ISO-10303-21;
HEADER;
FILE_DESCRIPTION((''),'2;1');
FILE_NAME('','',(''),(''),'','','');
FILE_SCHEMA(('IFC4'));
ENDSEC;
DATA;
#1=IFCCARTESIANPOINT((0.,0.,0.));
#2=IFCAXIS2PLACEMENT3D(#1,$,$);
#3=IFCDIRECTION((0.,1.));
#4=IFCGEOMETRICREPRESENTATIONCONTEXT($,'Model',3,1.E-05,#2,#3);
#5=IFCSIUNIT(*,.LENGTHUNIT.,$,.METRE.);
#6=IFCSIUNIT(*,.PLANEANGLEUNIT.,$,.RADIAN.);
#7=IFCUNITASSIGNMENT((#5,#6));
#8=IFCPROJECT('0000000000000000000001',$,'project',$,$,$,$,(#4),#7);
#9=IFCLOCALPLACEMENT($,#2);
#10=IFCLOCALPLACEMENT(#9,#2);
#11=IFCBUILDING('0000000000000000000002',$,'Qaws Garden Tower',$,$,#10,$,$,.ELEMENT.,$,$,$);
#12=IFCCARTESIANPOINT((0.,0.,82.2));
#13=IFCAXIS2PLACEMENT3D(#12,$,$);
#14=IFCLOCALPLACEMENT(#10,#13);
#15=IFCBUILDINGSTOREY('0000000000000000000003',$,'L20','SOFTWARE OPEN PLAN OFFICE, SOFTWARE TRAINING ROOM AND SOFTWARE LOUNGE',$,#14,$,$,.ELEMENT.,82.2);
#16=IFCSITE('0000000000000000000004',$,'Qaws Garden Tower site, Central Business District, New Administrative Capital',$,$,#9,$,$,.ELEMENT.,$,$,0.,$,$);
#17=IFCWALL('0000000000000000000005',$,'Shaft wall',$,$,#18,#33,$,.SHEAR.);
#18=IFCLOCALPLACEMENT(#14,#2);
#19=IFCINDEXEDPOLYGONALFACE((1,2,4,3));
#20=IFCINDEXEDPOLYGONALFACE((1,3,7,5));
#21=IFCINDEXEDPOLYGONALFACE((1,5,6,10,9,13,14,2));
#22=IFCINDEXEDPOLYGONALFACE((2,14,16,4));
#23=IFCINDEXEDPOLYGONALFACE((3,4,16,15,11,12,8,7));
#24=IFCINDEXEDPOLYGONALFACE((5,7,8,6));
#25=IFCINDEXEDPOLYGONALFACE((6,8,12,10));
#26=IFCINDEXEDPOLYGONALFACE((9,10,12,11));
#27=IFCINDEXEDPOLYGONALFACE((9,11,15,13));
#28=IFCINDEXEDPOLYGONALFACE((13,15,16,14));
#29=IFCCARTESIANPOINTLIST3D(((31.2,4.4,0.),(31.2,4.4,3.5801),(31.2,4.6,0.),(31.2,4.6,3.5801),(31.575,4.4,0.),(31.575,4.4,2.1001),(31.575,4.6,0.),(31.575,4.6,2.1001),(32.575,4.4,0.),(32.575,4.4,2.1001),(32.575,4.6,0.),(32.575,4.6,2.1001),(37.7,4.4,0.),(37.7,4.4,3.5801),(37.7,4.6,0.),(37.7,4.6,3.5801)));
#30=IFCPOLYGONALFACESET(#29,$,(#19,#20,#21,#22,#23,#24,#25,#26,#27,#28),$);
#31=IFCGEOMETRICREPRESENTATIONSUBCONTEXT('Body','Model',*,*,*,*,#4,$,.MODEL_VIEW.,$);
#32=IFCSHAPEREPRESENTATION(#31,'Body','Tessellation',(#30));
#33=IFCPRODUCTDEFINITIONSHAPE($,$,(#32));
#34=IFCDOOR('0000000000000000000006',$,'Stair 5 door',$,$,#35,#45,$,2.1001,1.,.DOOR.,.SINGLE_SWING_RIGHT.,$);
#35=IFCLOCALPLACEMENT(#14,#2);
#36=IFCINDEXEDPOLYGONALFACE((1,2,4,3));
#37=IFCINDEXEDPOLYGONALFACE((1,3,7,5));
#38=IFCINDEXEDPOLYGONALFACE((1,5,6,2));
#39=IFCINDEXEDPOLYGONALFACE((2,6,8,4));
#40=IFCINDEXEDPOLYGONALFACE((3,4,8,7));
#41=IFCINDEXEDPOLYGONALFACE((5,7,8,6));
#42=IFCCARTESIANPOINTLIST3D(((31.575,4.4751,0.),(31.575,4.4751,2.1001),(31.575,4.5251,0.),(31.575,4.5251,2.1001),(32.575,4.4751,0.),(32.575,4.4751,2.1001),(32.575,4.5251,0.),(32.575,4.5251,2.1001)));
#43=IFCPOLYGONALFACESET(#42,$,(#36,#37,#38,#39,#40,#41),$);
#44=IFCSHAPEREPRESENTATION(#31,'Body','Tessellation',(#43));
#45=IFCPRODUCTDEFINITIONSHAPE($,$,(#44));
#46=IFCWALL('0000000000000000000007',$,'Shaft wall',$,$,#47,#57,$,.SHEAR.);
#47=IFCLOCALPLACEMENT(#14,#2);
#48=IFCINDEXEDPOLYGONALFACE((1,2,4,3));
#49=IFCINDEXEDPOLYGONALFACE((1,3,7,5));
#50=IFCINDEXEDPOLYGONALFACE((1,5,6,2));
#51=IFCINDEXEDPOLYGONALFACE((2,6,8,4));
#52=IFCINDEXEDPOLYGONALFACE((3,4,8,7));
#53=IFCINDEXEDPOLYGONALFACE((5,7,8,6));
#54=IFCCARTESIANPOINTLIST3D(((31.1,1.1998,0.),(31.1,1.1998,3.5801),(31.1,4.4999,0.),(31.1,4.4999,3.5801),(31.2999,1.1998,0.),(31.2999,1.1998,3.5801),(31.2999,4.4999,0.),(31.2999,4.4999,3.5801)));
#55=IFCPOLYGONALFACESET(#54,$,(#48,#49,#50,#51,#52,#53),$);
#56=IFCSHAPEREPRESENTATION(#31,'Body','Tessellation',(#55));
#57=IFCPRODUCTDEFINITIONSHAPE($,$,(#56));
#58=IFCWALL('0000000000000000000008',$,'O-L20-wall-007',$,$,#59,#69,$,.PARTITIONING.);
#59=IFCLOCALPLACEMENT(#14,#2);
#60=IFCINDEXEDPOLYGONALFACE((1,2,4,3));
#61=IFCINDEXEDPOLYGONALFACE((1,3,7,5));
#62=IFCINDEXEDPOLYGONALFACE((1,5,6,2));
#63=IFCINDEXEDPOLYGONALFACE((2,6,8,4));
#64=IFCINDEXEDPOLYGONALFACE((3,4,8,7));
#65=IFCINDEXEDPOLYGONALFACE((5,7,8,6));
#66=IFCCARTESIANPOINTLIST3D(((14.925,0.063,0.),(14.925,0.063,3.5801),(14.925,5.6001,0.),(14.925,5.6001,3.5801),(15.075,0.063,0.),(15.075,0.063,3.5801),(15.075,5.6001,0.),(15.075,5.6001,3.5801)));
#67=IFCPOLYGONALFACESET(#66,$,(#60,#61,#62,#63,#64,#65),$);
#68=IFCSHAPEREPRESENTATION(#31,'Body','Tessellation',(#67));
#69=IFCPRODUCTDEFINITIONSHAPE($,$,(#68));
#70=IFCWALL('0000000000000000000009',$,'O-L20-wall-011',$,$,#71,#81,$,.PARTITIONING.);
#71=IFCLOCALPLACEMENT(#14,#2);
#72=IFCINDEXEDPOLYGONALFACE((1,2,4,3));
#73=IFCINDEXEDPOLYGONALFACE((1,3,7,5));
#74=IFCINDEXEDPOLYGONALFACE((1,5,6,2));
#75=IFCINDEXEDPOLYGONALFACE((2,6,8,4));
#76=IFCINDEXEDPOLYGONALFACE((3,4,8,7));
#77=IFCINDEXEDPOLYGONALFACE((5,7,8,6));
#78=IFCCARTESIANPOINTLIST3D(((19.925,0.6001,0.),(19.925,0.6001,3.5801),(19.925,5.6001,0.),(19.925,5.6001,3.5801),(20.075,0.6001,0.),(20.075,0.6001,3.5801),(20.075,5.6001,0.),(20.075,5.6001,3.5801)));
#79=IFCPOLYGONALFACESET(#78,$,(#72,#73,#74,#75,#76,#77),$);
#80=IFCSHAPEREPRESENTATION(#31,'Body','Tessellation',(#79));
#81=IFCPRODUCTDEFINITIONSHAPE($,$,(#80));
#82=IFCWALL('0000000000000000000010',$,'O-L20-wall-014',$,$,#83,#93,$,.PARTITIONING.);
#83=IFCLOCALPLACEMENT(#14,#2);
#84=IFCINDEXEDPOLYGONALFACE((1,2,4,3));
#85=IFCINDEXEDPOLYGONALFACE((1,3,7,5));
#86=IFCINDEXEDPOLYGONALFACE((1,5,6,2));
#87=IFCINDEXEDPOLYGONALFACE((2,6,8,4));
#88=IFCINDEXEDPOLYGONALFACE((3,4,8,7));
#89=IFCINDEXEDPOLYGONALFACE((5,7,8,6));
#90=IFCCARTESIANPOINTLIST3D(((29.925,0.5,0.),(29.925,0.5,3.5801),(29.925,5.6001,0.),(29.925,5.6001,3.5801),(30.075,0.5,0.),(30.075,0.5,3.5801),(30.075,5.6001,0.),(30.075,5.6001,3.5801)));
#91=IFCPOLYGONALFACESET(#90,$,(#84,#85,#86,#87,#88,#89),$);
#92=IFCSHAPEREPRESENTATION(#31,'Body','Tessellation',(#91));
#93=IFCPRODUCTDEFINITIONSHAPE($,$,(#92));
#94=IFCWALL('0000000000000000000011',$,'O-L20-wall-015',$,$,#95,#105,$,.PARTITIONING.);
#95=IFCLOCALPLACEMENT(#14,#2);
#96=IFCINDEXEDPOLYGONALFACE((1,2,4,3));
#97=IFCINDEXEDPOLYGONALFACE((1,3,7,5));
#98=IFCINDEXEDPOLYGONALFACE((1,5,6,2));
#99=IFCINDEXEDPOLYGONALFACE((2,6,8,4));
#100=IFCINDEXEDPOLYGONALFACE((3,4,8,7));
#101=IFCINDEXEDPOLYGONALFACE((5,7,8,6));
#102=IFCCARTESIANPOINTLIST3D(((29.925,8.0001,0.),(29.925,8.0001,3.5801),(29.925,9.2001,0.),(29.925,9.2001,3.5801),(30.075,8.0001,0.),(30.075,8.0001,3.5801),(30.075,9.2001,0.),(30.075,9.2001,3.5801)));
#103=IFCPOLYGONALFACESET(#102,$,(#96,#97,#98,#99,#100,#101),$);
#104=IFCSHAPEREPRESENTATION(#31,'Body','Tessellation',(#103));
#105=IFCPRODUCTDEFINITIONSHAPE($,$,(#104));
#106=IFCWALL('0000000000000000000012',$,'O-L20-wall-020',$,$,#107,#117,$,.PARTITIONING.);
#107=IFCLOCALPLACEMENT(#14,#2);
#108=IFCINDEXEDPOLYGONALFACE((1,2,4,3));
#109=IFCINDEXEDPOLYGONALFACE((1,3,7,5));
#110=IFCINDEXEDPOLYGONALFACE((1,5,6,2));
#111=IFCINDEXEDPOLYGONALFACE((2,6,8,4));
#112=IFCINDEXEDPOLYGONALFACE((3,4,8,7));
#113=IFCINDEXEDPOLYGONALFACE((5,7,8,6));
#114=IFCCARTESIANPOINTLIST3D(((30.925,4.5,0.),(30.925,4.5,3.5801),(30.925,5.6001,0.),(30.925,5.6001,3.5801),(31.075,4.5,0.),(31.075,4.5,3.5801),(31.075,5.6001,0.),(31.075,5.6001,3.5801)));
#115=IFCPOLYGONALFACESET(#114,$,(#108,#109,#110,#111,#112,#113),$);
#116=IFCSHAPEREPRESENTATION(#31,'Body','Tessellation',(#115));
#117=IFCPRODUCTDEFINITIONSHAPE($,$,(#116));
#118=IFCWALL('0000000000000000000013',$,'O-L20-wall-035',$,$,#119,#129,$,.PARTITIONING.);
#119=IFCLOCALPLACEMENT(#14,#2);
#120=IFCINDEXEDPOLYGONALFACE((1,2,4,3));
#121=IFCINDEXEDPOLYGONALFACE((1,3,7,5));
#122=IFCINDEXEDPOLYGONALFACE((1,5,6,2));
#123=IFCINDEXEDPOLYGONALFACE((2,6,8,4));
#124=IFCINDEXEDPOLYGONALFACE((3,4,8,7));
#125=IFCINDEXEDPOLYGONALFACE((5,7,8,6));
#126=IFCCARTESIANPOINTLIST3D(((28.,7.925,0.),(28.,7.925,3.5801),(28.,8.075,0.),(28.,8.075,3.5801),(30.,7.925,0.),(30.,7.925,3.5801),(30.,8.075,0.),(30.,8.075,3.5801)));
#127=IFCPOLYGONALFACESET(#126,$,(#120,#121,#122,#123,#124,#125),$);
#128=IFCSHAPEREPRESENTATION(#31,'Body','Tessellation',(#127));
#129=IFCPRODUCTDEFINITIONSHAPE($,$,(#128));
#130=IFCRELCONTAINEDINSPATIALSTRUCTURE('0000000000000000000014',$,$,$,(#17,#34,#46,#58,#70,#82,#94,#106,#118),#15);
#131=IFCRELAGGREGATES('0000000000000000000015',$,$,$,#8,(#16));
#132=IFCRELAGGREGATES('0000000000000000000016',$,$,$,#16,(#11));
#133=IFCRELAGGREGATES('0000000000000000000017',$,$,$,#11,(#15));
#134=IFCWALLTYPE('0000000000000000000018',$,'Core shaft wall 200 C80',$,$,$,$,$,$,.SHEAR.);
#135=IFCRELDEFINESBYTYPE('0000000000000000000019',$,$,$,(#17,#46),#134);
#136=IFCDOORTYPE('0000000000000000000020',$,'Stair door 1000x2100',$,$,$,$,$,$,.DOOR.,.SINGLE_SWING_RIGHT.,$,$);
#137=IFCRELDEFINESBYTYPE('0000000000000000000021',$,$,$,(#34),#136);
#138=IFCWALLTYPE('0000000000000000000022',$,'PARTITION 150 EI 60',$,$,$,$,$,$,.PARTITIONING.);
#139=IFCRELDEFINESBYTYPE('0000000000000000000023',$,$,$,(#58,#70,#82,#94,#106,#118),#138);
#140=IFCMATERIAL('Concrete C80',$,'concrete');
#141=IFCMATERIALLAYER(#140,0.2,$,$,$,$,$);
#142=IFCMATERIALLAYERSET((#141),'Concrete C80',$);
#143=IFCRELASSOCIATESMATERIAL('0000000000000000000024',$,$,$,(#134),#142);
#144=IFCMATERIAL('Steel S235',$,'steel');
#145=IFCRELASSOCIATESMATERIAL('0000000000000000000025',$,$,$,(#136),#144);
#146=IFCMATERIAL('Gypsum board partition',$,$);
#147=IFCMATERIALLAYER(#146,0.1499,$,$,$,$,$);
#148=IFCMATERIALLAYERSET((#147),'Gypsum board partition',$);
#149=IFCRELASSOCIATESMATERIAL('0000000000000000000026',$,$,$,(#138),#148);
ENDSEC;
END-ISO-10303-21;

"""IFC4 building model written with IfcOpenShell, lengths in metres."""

from ifc_helpers import new_model, si_unit, direction, frame, frame_2d, origin, place, context, subcontext, project, spatial, rectangle, extrude, material, layer, layer_set, type_object, element, fill, save


model = new_model("IFC4")

# Units and contexts
model_context = context("Model", 3, precision=1e-05, world=origin(), true_north=direction((0.0, 1.0)))
body_context = subcontext(model_context, "Body", "Model", "MODEL_VIEW")
ifc_project = project(units=[si_unit("LENGTHUNIT", "METRE"), si_unit("PLANEANGLEUNIT", "RADIAN")], contexts=[model_context])

# Site, building, storey
site_placement = place(None, origin())
site = spatial("IfcSite", under=ifc_project, at=site_placement, Name="Qaws Garden Tower site, Central Business District, New Administrative Capital", CompositionType="ELEMENT", RefElevation=0.0)
building_placement = place(site_placement, origin())
building = spatial("IfcBuilding", under=site, at=building_placement, Name="Qaws Garden Tower", CompositionType="ELEMENT")
storey_placement = place(building_placement, frame((0.0, 0.0, 82.2)))
storey = spatial("IfcBuildingStorey", under=building, at=storey_placement, Name="L20", Description="SOFTWARE OPEN PLAN OFFICE, SOFTWARE TRAINING ROOM AND SOFTWARE LOUNGE", CompositionType="ELEMENT", Elevation=82.2)

# Shared definitions
ifc_material_1 = material(Name="Concrete C80", Category="concrete")
ifc_layer_1 = layer(ifc_material_1, 0.2)
ifc_layer_set_1 = layer_set([ifc_layer_1], Name="Concrete C80")
wall_type_1 = type_object("IfcWallType", Name="Core shaft wall 200 C80", PredefinedType="SHEAR", material=ifc_layer_set_1)

# Wall, opening, door
wall_1_placement = place(storey_placement, frame((31.2, 4.5, 0.0), z_axis=(0.0, 0.0, 1.0), x_axis=(1.0, 0.0, 0.0)))
wall_1 = element("IfcWall", 1, at=wall_1_placement, inside=storey, type_object=wall_type_1, Name="Shaft wall", PredefinedType="SHEAR", context=body_context, shape_type="SweptSolid", body=[
    extrude(rectangle(XDim=6.5, YDim=0.2, at=frame_2d((3.25, 0.0))), origin(), (0.0, 0.0, 1.0), 3.5801),
])
opening_1_placement = place(wall_1_placement, frame((0.375, 0.0, 0.0)))
opening_1 = element("IfcOpeningElement", 2, at=opening_1_placement, cuts=wall_1, PredefinedType="OPENING", context=body_context, shape_type="SweptSolid", body=[
    extrude(rectangle(XDim=1.0, YDim=2.1001, at=frame_2d((0.5, 1.05))), frame((0.0, 0.1099, 0.0), z_axis=(0.0, -1.0, 0.0), x_axis=(1.0, 0.0, 0.0)), (0.0, 0.0, 1.0), 0.22),
])
ifc_material_2 = material(Name="Steel S235", Category="steel")
door_type = type_object("IfcDoorType", Name="Stair door 1000x2100", OperationType="SINGLE_SWING_RIGHT", PredefinedType="DOOR", material=ifc_material_2)
door_placement = place(opening_1_placement, frame((1.0, 0.0, 0.0), z_axis=(0.0, 0.0, 1.0), x_axis=(-1.0, 0.0, 0.0)))
door = element("IfcDoor", 3, at=door_placement, inside=storey, type_object=door_type, Name="Stair 5 door", OperationType="SINGLE_SWING_RIGHT", OverallHeight=2.1001, OverallWidth=1.0, PredefinedType="DOOR", context=body_context, shape_type="SweptSolid", body=[
    extrude(rectangle(XDim=1.0, YDim=2.1001, at=frame_2d((0.5, 1.05))), frame((0.0, 0.0249, 0.0), z_axis=(0.0, -1.0, 0.0), x_axis=(1.0, 0.0, 0.0)), (0.0, 0.0, 1.0), 0.05),
])
fill(opening_1, door)

# Walls
wall_2_placement = place(storey_placement, frame((31.2, 1.2, 0.0), z_axis=(0.0, 0.0, 1.0), x_axis=(0.0, 1.0, 0.0)))
element("IfcWall", 4, at=wall_2_placement, inside=storey, type_object=wall_type_1, Name="Shaft wall", PredefinedType="SHEAR", context=body_context, shape_type="SweptSolid", body=[
    extrude(rectangle(XDim=3.3, YDim=0.2, at=frame_2d((1.6499, 0.0))), origin(), (0.0, 0.0, 1.0), 3.5801),
])
ifc_material_3 = material(Name="Gypsum board partition")
ifc_layer_2 = layer(ifc_material_3, 0.1499)
ifc_layer_set_2 = layer_set([ifc_layer_2], Name="Gypsum board partition")
wall_type_2 = type_object("IfcWallType", Name="PARTITION 150 EI 60", PredefinedType="PARTITIONING", material=ifc_layer_set_2)
wall_3_placement = place(storey_placement, frame((15.0, 0.063, 0.0), z_axis=(0.0, 0.0, 1.0), x_axis=(0.0, 1.0, 0.0)))
element("IfcWall", 5, at=wall_3_placement, inside=storey, type_object=wall_type_2, Name="O-L20-wall-007", PredefinedType="PARTITIONING", context=body_context, shape_type="SweptSolid", body=[
    extrude(rectangle(XDim=5.5371, YDim=0.1499, at=frame_2d((2.7686, 0.0))), origin(), (0.0, 0.0, 1.0), 3.5801),
])
wall_4_placement = place(storey_placement, frame((20.0, 0.6001, 0.0), z_axis=(0.0, 0.0, 1.0), x_axis=(0.0, 1.0, 0.0)))
element("IfcWall", 6, at=wall_4_placement, inside=storey, type_object=wall_type_2, Name="O-L20-wall-011", PredefinedType="PARTITIONING", context=body_context, shape_type="SweptSolid", body=[
    extrude(rectangle(XDim=5.0, YDim=0.1499, at=frame_2d((2.5, 0.0))), origin(), (0.0, 0.0, 1.0), 3.5801),
])
wall_5_placement = place(storey_placement, frame((30.0, 0.5, 0.0), z_axis=(0.0, 0.0, 1.0), x_axis=(0.0, 1.0, 0.0)))
element("IfcWall", 7, at=wall_5_placement, inside=storey, type_object=wall_type_2, Name="O-L20-wall-014", PredefinedType="PARTITIONING", context=body_context, shape_type="SweptSolid", body=[
    extrude(rectangle(XDim=5.1001, YDim=0.1499, at=frame_2d((2.55, 0.0))), origin(), (0.0, 0.0, 1.0), 3.5801),
])
wall_6_placement = place(storey_placement, frame((30.0, 8.0, 0.0), z_axis=(0.0, 0.0, 1.0), x_axis=(0.0, 1.0, 0.0)))
element("IfcWall", 8, at=wall_6_placement, inside=storey, type_object=wall_type_2, Name="O-L20-wall-015", PredefinedType="PARTITIONING", context=body_context, shape_type="SweptSolid", body=[
    extrude(rectangle(XDim=1.2, YDim=0.1499, at=frame_2d((0.6001, 0.0))), origin(), (0.0, 0.0, 1.0), 3.5801),
])
wall_7_placement = place(storey_placement, frame((31.0, 4.5, 0.0), z_axis=(0.0, 0.0, 1.0), x_axis=(0.0, 1.0, 0.0)))
element("IfcWall", 9, at=wall_7_placement, inside=storey, type_object=wall_type_2, Name="O-L20-wall-020", PredefinedType="PARTITIONING", context=body_context, shape_type="SweptSolid", body=[
    extrude(rectangle(XDim=1.1001, YDim=0.1499, at=frame_2d((0.55, 0.0))), origin(), (0.0, 0.0, 1.0), 3.5801),
])
wall_8_placement = place(storey_placement, frame((28.0, 8.0, 0.0), z_axis=(0.0, 0.0, 1.0), x_axis=(1.0, 0.0, 0.0)))
element("IfcWall", 10, at=wall_8_placement, inside=storey, type_object=wall_type_2, Name="O-L20-wall-035", PredefinedType="PARTITIONING", context=body_context, shape_type="SweptSolid", body=[
    extrude(rectangle(XDim=2.0, YDim=0.1499, at=frame_2d((1.0, 0.0))), origin(), (0.0, 0.0, 1.0), 3.5801),
])

save(model, "model.ifc")
